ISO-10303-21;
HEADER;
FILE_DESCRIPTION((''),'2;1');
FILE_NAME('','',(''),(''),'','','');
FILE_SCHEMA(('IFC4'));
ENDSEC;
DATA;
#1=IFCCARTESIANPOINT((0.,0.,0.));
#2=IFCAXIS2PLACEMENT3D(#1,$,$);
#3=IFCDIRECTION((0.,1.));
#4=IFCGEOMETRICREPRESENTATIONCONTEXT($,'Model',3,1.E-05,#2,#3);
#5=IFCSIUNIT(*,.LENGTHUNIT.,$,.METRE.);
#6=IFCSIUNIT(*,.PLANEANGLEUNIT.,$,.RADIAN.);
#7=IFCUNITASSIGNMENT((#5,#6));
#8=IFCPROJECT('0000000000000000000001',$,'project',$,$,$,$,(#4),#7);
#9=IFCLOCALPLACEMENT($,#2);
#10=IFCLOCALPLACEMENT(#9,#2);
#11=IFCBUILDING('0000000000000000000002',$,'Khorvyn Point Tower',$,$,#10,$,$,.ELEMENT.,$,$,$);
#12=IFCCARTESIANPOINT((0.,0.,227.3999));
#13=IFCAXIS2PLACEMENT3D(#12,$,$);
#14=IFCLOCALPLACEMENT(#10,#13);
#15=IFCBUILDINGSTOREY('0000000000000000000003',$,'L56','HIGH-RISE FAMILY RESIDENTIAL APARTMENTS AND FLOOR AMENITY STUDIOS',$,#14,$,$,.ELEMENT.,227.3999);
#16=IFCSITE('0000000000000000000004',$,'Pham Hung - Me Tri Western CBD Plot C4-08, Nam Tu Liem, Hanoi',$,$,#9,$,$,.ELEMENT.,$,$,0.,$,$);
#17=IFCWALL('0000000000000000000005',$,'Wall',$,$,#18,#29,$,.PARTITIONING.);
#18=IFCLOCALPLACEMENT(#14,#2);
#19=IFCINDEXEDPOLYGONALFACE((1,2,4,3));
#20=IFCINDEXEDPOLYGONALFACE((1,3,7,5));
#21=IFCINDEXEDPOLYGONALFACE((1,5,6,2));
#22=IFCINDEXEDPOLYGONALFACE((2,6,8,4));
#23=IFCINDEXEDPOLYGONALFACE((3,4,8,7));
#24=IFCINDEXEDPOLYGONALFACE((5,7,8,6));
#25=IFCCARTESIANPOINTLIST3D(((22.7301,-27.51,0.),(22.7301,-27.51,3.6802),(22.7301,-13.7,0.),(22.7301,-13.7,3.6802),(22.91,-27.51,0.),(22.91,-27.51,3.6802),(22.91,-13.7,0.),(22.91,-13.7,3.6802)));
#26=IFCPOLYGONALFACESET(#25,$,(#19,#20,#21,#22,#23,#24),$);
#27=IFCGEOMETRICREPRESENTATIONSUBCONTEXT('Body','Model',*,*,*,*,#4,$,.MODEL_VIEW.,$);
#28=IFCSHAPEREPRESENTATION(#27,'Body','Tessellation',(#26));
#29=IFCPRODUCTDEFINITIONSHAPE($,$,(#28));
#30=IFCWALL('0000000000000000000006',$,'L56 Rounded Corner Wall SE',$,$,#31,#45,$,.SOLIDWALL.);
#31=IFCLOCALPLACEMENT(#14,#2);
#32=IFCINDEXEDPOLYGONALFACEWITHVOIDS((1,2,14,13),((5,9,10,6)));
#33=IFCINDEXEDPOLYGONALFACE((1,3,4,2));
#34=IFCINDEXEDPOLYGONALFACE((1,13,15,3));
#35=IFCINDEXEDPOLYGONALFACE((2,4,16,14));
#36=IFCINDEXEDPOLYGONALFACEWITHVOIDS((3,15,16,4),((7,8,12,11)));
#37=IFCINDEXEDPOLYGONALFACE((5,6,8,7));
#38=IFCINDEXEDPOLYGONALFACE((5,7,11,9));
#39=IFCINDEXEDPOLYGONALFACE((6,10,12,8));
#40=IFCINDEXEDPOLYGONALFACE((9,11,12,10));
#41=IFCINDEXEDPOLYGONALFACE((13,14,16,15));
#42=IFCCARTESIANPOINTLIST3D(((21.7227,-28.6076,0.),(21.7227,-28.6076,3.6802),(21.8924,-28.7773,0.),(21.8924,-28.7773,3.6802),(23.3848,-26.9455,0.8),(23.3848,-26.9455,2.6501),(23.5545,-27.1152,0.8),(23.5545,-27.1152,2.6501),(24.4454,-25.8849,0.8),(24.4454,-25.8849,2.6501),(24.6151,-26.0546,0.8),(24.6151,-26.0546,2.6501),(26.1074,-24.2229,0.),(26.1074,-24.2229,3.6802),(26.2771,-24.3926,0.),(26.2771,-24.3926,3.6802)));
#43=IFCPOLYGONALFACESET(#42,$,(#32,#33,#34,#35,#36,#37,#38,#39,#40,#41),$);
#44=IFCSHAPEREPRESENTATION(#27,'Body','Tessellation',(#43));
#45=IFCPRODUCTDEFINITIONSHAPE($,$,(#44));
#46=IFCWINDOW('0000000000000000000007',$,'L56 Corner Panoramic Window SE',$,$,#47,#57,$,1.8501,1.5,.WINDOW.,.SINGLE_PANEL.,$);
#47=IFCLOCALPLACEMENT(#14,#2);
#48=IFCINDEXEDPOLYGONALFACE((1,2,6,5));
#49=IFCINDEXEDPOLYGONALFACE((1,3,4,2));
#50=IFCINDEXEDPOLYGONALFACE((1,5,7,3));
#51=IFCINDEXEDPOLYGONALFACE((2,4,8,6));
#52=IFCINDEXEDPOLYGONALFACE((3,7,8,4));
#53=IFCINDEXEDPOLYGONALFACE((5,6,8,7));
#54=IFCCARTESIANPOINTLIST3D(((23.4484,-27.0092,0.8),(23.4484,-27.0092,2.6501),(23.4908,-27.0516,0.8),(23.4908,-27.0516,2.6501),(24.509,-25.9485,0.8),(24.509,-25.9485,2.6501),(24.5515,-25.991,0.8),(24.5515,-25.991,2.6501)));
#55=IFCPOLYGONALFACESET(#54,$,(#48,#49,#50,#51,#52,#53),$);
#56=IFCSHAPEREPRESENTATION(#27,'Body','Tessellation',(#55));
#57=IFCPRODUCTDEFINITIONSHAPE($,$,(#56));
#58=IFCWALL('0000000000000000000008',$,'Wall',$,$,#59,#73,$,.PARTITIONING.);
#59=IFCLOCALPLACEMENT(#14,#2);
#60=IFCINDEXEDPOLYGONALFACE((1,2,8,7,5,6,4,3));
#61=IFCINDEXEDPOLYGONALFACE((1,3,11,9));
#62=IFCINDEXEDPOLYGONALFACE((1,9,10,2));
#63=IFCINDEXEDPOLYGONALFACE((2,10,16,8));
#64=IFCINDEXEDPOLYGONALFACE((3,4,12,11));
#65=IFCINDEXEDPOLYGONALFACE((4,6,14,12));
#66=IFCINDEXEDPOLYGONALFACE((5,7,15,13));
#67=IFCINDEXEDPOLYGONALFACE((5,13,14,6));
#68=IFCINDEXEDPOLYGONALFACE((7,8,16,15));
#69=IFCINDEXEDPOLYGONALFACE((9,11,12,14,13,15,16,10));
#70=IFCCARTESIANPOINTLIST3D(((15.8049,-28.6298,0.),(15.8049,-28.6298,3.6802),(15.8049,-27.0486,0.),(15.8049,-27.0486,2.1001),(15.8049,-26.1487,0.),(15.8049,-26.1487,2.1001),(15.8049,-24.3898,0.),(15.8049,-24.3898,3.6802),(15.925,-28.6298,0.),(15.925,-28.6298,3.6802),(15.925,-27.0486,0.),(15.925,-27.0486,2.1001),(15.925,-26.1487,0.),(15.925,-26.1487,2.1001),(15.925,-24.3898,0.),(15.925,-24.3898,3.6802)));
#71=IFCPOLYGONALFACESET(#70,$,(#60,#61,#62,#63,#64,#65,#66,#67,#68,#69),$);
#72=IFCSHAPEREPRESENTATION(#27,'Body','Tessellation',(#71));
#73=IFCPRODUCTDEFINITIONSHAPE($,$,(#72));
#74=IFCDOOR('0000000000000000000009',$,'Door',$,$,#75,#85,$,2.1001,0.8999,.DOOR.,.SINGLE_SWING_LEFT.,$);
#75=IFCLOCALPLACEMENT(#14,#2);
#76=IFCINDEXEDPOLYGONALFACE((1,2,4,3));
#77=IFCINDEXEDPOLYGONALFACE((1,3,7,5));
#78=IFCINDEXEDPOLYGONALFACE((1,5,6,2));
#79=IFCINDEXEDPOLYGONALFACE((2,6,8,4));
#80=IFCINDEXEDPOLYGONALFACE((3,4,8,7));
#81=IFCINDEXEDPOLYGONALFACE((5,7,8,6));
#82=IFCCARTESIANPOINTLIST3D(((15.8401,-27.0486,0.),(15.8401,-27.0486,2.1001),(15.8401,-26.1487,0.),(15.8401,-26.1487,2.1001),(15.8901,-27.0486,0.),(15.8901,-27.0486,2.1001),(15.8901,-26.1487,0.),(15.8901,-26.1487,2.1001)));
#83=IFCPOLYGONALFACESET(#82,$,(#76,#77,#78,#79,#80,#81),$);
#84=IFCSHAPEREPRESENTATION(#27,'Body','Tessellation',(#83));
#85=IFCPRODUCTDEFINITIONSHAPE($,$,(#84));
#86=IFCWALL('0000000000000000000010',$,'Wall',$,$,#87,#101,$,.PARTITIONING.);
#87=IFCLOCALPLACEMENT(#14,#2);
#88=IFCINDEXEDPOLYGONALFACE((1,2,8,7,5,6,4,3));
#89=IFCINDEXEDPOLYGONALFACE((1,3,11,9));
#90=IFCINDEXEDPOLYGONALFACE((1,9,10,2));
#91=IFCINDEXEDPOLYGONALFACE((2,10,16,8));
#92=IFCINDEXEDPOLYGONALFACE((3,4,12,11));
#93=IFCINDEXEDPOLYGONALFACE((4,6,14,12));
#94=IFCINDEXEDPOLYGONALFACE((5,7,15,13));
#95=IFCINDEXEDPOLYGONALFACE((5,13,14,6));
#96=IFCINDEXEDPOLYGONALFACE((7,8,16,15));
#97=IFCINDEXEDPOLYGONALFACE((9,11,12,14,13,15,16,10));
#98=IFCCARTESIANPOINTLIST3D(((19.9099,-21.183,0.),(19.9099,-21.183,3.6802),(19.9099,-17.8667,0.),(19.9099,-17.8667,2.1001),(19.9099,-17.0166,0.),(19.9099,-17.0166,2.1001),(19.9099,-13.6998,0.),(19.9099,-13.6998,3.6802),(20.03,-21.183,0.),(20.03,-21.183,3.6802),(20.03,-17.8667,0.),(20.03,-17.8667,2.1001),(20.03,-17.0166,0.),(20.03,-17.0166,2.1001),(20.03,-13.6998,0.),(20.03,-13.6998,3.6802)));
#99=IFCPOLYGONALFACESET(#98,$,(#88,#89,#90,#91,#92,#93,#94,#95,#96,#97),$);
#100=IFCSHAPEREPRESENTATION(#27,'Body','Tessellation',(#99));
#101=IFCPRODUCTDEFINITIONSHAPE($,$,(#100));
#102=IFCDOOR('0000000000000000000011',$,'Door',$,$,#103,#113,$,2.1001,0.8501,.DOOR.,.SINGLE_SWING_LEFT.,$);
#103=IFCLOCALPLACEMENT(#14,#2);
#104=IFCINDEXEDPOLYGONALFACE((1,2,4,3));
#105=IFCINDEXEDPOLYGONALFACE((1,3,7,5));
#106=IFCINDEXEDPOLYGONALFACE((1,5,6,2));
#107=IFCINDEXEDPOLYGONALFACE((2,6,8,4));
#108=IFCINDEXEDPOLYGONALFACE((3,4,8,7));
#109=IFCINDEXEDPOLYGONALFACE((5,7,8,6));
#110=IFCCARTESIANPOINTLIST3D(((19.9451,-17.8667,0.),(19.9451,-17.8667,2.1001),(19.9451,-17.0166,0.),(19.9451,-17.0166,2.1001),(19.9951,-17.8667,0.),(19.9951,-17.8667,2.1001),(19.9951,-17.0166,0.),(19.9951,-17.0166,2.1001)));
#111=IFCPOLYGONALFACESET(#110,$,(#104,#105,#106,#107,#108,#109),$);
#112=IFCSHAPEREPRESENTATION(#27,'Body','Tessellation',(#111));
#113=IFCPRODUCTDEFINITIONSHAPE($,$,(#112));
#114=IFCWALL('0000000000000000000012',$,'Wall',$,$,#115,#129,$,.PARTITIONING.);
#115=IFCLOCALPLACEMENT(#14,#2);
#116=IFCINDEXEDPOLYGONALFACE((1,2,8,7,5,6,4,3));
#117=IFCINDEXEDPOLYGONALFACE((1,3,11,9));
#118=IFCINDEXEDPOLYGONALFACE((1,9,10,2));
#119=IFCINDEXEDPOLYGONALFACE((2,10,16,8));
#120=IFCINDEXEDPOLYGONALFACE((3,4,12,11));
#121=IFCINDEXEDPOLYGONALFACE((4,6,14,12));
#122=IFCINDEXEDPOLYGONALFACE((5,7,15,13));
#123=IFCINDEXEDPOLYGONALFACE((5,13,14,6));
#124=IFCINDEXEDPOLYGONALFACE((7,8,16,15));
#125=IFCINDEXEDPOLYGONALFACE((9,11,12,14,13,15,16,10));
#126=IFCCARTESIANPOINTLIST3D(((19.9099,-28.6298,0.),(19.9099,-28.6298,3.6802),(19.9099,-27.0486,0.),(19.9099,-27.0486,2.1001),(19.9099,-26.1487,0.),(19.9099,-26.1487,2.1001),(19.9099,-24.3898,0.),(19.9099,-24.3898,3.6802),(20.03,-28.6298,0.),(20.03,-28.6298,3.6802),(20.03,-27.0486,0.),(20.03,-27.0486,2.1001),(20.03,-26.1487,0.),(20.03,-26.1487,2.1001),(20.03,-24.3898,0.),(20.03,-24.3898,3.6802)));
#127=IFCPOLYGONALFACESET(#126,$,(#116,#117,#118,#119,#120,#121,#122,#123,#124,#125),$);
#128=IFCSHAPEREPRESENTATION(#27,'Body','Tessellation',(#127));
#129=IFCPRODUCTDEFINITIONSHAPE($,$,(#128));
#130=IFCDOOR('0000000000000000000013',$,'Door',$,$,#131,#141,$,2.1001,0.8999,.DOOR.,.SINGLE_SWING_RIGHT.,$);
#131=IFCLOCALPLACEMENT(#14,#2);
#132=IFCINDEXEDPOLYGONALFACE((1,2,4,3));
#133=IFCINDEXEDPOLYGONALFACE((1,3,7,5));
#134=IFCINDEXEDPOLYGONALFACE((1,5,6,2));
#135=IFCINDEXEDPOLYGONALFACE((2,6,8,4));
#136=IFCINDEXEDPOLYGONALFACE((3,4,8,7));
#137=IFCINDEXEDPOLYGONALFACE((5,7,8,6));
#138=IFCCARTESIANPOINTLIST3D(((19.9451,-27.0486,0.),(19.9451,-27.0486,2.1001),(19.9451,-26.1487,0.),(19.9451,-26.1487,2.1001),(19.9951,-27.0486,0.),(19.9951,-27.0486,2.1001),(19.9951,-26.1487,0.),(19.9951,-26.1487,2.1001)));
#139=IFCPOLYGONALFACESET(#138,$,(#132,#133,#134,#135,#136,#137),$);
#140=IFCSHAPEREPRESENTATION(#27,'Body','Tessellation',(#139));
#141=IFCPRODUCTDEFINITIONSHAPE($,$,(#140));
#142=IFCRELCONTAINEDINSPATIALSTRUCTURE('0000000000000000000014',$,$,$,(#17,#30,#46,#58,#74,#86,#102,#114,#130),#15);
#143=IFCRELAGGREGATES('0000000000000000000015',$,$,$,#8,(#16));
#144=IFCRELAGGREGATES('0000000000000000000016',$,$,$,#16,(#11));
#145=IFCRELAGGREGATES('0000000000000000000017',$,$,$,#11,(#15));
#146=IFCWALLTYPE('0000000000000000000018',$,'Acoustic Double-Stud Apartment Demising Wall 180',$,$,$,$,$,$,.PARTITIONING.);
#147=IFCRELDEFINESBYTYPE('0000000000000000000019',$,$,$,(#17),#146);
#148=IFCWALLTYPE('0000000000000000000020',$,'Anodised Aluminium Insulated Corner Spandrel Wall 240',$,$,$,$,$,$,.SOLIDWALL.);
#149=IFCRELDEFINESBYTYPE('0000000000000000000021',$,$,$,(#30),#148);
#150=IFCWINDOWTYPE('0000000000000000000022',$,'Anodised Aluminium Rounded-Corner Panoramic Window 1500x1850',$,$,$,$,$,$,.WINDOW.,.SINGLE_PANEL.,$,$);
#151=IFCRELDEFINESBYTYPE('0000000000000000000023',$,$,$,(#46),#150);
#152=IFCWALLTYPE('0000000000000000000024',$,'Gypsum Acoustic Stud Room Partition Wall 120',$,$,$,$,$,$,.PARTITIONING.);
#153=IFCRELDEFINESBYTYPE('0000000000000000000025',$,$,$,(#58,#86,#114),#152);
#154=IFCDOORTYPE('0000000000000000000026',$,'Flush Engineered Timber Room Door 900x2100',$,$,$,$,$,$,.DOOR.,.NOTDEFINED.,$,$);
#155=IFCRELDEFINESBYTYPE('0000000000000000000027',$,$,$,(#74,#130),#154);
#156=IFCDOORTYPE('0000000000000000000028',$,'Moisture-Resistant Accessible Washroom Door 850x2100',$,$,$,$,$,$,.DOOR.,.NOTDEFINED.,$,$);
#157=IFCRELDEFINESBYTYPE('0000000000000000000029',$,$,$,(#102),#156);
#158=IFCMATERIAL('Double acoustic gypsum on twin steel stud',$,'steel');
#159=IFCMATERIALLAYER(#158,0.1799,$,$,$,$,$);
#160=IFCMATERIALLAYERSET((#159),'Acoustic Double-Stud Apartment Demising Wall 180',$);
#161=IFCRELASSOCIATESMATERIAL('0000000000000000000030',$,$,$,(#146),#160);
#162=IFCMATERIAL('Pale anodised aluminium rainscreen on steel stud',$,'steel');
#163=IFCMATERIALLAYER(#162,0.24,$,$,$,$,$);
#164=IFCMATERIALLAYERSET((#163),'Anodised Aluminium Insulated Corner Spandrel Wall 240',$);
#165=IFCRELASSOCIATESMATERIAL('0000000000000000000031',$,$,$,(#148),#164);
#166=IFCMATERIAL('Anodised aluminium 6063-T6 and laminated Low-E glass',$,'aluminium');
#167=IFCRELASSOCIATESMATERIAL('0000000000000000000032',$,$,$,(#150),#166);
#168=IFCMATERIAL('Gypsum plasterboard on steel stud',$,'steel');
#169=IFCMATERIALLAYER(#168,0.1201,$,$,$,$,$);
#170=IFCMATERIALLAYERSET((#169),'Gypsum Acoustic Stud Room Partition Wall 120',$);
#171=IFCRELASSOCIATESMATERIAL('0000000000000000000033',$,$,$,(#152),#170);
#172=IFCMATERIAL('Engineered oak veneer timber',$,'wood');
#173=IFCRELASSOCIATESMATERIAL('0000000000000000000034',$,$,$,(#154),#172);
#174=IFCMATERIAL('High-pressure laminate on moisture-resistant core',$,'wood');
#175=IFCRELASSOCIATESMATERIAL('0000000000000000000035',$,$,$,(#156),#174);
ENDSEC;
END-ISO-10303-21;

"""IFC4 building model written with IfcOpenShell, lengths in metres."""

from ifc_helpers import new_model, si_unit, direction, frame, frame_2d, origin, place, context, subcontext, project, spatial, rectangle, extrude, material, layer, layer_set, type_object, element, fill, save


model = new_model("IFC4")

# Units and contexts
model_context = context("Model", 3, precision=1e-05, world=origin(), true_north=direction((0.0, 1.0)))
body_context = subcontext(model_context, "Body", "Model", "MODEL_VIEW")
ifc_project = project(units=[si_unit("LENGTHUNIT", "METRE"), si_unit("PLANEANGLEUNIT", "RADIAN")], contexts=[model_context])

# Site, building, storey
site_placement = place(None, origin())
site = spatial("IfcSite", under=ifc_project, at=site_placement, Name="Pham Hung - Me Tri Western CBD Plot C4-08, Nam Tu Liem, Hanoi", CompositionType="ELEMENT", RefElevation=0.0)
building_placement = place(site_placement, origin())
building = spatial("IfcBuilding", under=site, at=building_placement, Name="Khorvyn Point Tower", CompositionType="ELEMENT")
storey_placement = place(building_placement, frame((0.0, 0.0, 227.3999)))
storey = spatial("IfcBuildingStorey", under=building, at=storey_placement, Name="L56", Description="HIGH-RISE FAMILY RESIDENTIAL APARTMENTS AND FLOOR AMENITY STUDIOS", CompositionType="ELEMENT", Elevation=227.3999)

# Shared definitions
ifc_material_1 = material(Name="Anodised aluminium 6063-T6 and laminated Low-E glass", Category="aluminium")

# Wall
ifc_material_2 = material(Name="Double acoustic gypsum on twin steel stud", Category="steel")
ifc_layer_1 = layer(ifc_material_2, 0.1799)
ifc_layer_set_1 = layer_set([ifc_layer_1], Name="Acoustic Double-Stud Apartment Demising Wall 180")
wall_type_1 = type_object("IfcWallType", Name="Acoustic Double-Stud Apartment Demising Wall 180", PredefinedType="PARTITIONING", material=ifc_layer_set_1)
wall_1_placement = place(storey_placement, frame((22.8201, -27.51, 0.0), z_axis=(0.0, 0.0, 1.0), x_axis=(0.0, 1.0, 0.0)))
element("IfcWall", 1, at=wall_1_placement, inside=storey, type_object=wall_type_1, Name="Wall", PredefinedType="PARTITIONING", context=body_context, shape_type="SweptSolid", body=[
    extrude(rectangle(XDim=13.8101, YDim=0.1799, at=frame_2d((6.905, 0.0))), origin(), (0.0, 0.0, 1.0), 3.6802),
])

# Wall, opening, window
ifc_material_3 = material(Name="Pale anodised aluminium rainscreen on steel stud", Category="steel")
ifc_layer_2 = layer(ifc_material_3, 0.24)
ifc_layer_set_2 = layer_set([ifc_layer_2], Name="Anodised Aluminium Insulated Corner Spandrel Wall 240")
wall_type_2 = type_object("IfcWallType", Name="Anodised Aluminium Insulated Corner Spandrel Wall 240", PredefinedType="SOLIDWALL", material=ifc_layer_set_2)
wall_2_placement = place(storey_placement, frame((26.1924, -24.3076, 0.0), z_axis=(0.0, 0.0, 1.0), x_axis=(-0.707107, -0.707107, 0.0)))
wall_2 = element("IfcWall", 2, at=wall_2_placement, inside=storey, type_object=wall_type_2, Name="L56 Rounded Corner Wall SE", PredefinedType="SOLIDWALL", context=body_context, shape_type="SweptSolid", body=[
    extrude(rectangle(XDim=6.2009, YDim=0.24, at=frame_2d((3.1006, 0.0))), origin(), (0.0, 0.0, 1.0), 3.6802),
])
opening_1_placement = place(wall_2_placement, frame((2.3506, 0.0, 0.8)))
opening_1 = element("IfcOpeningElement", 3, at=opening_1_placement, cuts=wall_2, PredefinedType="OPENING", context=body_context, shape_type="SweptSolid", body=[
    extrude(rectangle(XDim=1.5, YDim=1.8501, at=frame_2d((0.75, 0.925))), frame((0.0, 0.1299, 0.0), z_axis=(0.0, -1.0, 0.0), x_axis=(1.0, 0.0, 0.0)), (0.0, 0.0, 1.0), 0.26),
])
window_type = type_object("IfcWindowType", Name="Anodised Aluminium Rounded-Corner Panoramic Window 1500x1850", PartitioningType="SINGLE_PANEL", PredefinedType="WINDOW", material=ifc_material_1)
window_placement = place(opening_1_placement, origin())
window = element("IfcWindow", 4, at=window_placement, inside=storey, type_object=window_type, Name="L56 Corner Panoramic Window SE", OverallHeight=1.8501, OverallWidth=1.5, PartitioningType="SINGLE_PANEL", PredefinedType="WINDOW", context=body_context, shape_type="SweptSolid", body=[
    extrude(rectangle(XDim=1.5, YDim=1.8501, at=frame_2d((0.75, 0.925))), frame((0.0, 0.03, 0.0), z_axis=(0.0, -1.0, 0.0), x_axis=(1.0, 0.0, 0.0)), (0.0, 0.0, 1.0), 0.0601),
])
fill(opening_1, window)

# Walls, openings, doors
ifc_material_4 = material(Name="Gypsum plasterboard on steel stud", Category="steel")
ifc_layer_3 = layer(ifc_material_4, 0.1201)
ifc_layer_set_3 = layer_set([ifc_layer_3], Name="Gypsum Acoustic Stud Room Partition Wall 120")
wall_type_3 = type_object("IfcWallType", Name="Gypsum Acoustic Stud Room Partition Wall 120", PredefinedType="PARTITIONING", material=ifc_layer_set_3)
wall_3_placement = place(storey_placement, frame((15.865, -28.6299, 0.0), z_axis=(0.0, 0.0, 1.0), x_axis=(0.0, 1.0, 0.0)))
wall_3 = element("IfcWall", 5, at=wall_3_placement, inside=storey, type_object=wall_type_3, Name="Wall", PredefinedType="PARTITIONING", context=body_context, shape_type="SweptSolid", body=[
    extrude(rectangle(XDim=4.24, YDim=0.1201, at=frame_2d((2.1201, 0.0))), origin(), (0.0, 0.0, 1.0), 3.6802),
])
opening_2_placement = place(wall_3_placement, frame((1.5813, 0.0, 0.0)))
opening_2 = element("IfcOpeningElement", 6, at=opening_2_placement, cuts=wall_3, PredefinedType="OPENING", context=body_context, shape_type="SweptSolid", body=[
    extrude(rectangle(XDim=0.8999, YDim=2.1001, at=frame_2d((0.45, 1.05))), frame((0.0, 0.0701, 0.0), z_axis=(0.0, -1.0, 0.0), x_axis=(1.0, 0.0, 0.0)), (0.0, 0.0, 1.0), 0.1401),
])
ifc_material_5 = material(Name="Engineered oak veneer timber", Category="wood")
door_type_1 = type_object("IfcDoorType", Name="Flush Engineered Timber Room Door 900x2100", OperationType="NOTDEFINED", PredefinedType="DOOR", material=ifc_material_5)
door_1_placement = place(opening_2_placement, origin())
door_1 = element("IfcDoor", 7, at=door_1_placement, inside=storey, type_object=door_type_1, Name="Door", OperationType="SINGLE_SWING_LEFT", OverallHeight=2.1001, OverallWidth=0.8999, PredefinedType="DOOR", context=body_context, shape_type="SweptSolid", body=[
    extrude(rectangle(XDim=0.8999, YDim=2.1001, at=frame_2d((0.45, 1.05))), frame((0.0, 0.0249, 0.0), z_axis=(0.0, -1.0, 0.0), x_axis=(1.0, 0.0, 0.0)), (0.0, 0.0, 1.0), 0.05),
])
fill(opening_2, door_1)
wall_4_placement = place(storey_placement, frame((19.97, -21.1831, 0.0), z_axis=(0.0, 0.0, 1.0), x_axis=(0.0, 1.0, 0.0)))
wall_4 = element("IfcWall", 8, at=wall_4_placement, inside=storey, type_object=wall_type_3, Name="Wall", PredefinedType="PARTITIONING", context=body_context, shape_type="SweptSolid", body=[
    extrude(rectangle(XDim=7.4832, YDim=0.1201, at=frame_2d((3.7417, 0.0))), origin(), (0.0, 0.0, 1.0), 3.6802),
])
opening_3_placement = place(wall_4_placement, frame((3.3164, 0.0, 0.0)))
opening_3 = element("IfcOpeningElement", 9, at=opening_3_placement, cuts=wall_4, PredefinedType="OPENING", context=body_context, shape_type="SweptSolid", body=[
    extrude(rectangle(XDim=0.8501, YDim=2.1001, at=frame_2d((0.425, 1.05))), frame((0.0, 0.0701, 0.0), z_axis=(0.0, -1.0, 0.0), x_axis=(1.0, 0.0, 0.0)), (0.0, 0.0, 1.0), 0.1401),
])
ifc_material_6 = material(Name="High-pressure laminate on moisture-resistant core", Category="wood")
door_type_2 = type_object("IfcDoorType", Name="Moisture-Resistant Accessible Washroom Door 850x2100", OperationType="NOTDEFINED", PredefinedType="DOOR", material=ifc_material_6)
door_2_placement = place(opening_3_placement, origin())
door_2 = element("IfcDoor", 10, at=door_2_placement, inside=storey, type_object=door_type_2, Name="Door", OperationType="SINGLE_SWING_LEFT", OverallHeight=2.1001, OverallWidth=0.8501, PredefinedType="DOOR", context=body_context, shape_type="SweptSolid", body=[
    extrude(rectangle(XDim=0.8501, YDim=2.1001, at=frame_2d((0.425, 1.05))), frame((0.0, 0.0249, 0.0), z_axis=(0.0, -1.0, 0.0), x_axis=(1.0, 0.0, 0.0)), (0.0, 0.0, 1.0), 0.05),
])
fill(opening_3, door_2)
wall_5_placement = place(storey_placement, frame((19.97, -28.6299, 0.0), z_axis=(0.0, 0.0, 1.0), x_axis=(0.0, 1.0, 0.0)))
wall_5 = element("IfcWall", 11, at=wall_5_placement, inside=storey, type_object=wall_type_3, Name="Wall", PredefinedType="PARTITIONING", context=body_context, shape_type="SweptSolid", body=[
    extrude(rectangle(XDim=4.24, YDim=0.1201, at=frame_2d((2.1201, 0.0))), origin(), (0.0, 0.0, 1.0), 3.6802),
])
opening_4_placement = place(wall_5_placement, frame((1.5813, 0.0, 0.0)))
opening_4 = element("IfcOpeningElement", 12, at=opening_4_placement, cuts=wall_5, PredefinedType="OPENING", context=body_context, shape_type="SweptSolid", body=[
    extrude(rectangle(XDim=0.8999, YDim=2.1001, at=frame_2d((0.45, 1.05))), frame((0.0, 0.0701, 0.0), z_axis=(0.0, -1.0, 0.0), x_axis=(1.0, 0.0, 0.0)), (0.0, 0.0, 1.0), 0.1401),
])
door_3_placement = place(opening_4_placement, origin())
door_3 = element("IfcDoor", 13, at=door_3_placement, inside=storey, type_object=door_type_1, Name="Door", OperationType="SINGLE_SWING_RIGHT", OverallHeight=2.1001, OverallWidth=0.8999, PredefinedType="DOOR", context=body_context, shape_type="SweptSolid", body=[
    extrude(rectangle(XDim=0.8999, YDim=2.1001, at=frame_2d((0.45, 1.05))), frame((0.0, 0.0249, 0.0), z_axis=(0.0, -1.0, 0.0), x_axis=(1.0, 0.0, 0.0)), (0.0, 0.0, 1.0), 0.05),
])
fill(opening_4, door_3)

save(model, "model.ifc")
